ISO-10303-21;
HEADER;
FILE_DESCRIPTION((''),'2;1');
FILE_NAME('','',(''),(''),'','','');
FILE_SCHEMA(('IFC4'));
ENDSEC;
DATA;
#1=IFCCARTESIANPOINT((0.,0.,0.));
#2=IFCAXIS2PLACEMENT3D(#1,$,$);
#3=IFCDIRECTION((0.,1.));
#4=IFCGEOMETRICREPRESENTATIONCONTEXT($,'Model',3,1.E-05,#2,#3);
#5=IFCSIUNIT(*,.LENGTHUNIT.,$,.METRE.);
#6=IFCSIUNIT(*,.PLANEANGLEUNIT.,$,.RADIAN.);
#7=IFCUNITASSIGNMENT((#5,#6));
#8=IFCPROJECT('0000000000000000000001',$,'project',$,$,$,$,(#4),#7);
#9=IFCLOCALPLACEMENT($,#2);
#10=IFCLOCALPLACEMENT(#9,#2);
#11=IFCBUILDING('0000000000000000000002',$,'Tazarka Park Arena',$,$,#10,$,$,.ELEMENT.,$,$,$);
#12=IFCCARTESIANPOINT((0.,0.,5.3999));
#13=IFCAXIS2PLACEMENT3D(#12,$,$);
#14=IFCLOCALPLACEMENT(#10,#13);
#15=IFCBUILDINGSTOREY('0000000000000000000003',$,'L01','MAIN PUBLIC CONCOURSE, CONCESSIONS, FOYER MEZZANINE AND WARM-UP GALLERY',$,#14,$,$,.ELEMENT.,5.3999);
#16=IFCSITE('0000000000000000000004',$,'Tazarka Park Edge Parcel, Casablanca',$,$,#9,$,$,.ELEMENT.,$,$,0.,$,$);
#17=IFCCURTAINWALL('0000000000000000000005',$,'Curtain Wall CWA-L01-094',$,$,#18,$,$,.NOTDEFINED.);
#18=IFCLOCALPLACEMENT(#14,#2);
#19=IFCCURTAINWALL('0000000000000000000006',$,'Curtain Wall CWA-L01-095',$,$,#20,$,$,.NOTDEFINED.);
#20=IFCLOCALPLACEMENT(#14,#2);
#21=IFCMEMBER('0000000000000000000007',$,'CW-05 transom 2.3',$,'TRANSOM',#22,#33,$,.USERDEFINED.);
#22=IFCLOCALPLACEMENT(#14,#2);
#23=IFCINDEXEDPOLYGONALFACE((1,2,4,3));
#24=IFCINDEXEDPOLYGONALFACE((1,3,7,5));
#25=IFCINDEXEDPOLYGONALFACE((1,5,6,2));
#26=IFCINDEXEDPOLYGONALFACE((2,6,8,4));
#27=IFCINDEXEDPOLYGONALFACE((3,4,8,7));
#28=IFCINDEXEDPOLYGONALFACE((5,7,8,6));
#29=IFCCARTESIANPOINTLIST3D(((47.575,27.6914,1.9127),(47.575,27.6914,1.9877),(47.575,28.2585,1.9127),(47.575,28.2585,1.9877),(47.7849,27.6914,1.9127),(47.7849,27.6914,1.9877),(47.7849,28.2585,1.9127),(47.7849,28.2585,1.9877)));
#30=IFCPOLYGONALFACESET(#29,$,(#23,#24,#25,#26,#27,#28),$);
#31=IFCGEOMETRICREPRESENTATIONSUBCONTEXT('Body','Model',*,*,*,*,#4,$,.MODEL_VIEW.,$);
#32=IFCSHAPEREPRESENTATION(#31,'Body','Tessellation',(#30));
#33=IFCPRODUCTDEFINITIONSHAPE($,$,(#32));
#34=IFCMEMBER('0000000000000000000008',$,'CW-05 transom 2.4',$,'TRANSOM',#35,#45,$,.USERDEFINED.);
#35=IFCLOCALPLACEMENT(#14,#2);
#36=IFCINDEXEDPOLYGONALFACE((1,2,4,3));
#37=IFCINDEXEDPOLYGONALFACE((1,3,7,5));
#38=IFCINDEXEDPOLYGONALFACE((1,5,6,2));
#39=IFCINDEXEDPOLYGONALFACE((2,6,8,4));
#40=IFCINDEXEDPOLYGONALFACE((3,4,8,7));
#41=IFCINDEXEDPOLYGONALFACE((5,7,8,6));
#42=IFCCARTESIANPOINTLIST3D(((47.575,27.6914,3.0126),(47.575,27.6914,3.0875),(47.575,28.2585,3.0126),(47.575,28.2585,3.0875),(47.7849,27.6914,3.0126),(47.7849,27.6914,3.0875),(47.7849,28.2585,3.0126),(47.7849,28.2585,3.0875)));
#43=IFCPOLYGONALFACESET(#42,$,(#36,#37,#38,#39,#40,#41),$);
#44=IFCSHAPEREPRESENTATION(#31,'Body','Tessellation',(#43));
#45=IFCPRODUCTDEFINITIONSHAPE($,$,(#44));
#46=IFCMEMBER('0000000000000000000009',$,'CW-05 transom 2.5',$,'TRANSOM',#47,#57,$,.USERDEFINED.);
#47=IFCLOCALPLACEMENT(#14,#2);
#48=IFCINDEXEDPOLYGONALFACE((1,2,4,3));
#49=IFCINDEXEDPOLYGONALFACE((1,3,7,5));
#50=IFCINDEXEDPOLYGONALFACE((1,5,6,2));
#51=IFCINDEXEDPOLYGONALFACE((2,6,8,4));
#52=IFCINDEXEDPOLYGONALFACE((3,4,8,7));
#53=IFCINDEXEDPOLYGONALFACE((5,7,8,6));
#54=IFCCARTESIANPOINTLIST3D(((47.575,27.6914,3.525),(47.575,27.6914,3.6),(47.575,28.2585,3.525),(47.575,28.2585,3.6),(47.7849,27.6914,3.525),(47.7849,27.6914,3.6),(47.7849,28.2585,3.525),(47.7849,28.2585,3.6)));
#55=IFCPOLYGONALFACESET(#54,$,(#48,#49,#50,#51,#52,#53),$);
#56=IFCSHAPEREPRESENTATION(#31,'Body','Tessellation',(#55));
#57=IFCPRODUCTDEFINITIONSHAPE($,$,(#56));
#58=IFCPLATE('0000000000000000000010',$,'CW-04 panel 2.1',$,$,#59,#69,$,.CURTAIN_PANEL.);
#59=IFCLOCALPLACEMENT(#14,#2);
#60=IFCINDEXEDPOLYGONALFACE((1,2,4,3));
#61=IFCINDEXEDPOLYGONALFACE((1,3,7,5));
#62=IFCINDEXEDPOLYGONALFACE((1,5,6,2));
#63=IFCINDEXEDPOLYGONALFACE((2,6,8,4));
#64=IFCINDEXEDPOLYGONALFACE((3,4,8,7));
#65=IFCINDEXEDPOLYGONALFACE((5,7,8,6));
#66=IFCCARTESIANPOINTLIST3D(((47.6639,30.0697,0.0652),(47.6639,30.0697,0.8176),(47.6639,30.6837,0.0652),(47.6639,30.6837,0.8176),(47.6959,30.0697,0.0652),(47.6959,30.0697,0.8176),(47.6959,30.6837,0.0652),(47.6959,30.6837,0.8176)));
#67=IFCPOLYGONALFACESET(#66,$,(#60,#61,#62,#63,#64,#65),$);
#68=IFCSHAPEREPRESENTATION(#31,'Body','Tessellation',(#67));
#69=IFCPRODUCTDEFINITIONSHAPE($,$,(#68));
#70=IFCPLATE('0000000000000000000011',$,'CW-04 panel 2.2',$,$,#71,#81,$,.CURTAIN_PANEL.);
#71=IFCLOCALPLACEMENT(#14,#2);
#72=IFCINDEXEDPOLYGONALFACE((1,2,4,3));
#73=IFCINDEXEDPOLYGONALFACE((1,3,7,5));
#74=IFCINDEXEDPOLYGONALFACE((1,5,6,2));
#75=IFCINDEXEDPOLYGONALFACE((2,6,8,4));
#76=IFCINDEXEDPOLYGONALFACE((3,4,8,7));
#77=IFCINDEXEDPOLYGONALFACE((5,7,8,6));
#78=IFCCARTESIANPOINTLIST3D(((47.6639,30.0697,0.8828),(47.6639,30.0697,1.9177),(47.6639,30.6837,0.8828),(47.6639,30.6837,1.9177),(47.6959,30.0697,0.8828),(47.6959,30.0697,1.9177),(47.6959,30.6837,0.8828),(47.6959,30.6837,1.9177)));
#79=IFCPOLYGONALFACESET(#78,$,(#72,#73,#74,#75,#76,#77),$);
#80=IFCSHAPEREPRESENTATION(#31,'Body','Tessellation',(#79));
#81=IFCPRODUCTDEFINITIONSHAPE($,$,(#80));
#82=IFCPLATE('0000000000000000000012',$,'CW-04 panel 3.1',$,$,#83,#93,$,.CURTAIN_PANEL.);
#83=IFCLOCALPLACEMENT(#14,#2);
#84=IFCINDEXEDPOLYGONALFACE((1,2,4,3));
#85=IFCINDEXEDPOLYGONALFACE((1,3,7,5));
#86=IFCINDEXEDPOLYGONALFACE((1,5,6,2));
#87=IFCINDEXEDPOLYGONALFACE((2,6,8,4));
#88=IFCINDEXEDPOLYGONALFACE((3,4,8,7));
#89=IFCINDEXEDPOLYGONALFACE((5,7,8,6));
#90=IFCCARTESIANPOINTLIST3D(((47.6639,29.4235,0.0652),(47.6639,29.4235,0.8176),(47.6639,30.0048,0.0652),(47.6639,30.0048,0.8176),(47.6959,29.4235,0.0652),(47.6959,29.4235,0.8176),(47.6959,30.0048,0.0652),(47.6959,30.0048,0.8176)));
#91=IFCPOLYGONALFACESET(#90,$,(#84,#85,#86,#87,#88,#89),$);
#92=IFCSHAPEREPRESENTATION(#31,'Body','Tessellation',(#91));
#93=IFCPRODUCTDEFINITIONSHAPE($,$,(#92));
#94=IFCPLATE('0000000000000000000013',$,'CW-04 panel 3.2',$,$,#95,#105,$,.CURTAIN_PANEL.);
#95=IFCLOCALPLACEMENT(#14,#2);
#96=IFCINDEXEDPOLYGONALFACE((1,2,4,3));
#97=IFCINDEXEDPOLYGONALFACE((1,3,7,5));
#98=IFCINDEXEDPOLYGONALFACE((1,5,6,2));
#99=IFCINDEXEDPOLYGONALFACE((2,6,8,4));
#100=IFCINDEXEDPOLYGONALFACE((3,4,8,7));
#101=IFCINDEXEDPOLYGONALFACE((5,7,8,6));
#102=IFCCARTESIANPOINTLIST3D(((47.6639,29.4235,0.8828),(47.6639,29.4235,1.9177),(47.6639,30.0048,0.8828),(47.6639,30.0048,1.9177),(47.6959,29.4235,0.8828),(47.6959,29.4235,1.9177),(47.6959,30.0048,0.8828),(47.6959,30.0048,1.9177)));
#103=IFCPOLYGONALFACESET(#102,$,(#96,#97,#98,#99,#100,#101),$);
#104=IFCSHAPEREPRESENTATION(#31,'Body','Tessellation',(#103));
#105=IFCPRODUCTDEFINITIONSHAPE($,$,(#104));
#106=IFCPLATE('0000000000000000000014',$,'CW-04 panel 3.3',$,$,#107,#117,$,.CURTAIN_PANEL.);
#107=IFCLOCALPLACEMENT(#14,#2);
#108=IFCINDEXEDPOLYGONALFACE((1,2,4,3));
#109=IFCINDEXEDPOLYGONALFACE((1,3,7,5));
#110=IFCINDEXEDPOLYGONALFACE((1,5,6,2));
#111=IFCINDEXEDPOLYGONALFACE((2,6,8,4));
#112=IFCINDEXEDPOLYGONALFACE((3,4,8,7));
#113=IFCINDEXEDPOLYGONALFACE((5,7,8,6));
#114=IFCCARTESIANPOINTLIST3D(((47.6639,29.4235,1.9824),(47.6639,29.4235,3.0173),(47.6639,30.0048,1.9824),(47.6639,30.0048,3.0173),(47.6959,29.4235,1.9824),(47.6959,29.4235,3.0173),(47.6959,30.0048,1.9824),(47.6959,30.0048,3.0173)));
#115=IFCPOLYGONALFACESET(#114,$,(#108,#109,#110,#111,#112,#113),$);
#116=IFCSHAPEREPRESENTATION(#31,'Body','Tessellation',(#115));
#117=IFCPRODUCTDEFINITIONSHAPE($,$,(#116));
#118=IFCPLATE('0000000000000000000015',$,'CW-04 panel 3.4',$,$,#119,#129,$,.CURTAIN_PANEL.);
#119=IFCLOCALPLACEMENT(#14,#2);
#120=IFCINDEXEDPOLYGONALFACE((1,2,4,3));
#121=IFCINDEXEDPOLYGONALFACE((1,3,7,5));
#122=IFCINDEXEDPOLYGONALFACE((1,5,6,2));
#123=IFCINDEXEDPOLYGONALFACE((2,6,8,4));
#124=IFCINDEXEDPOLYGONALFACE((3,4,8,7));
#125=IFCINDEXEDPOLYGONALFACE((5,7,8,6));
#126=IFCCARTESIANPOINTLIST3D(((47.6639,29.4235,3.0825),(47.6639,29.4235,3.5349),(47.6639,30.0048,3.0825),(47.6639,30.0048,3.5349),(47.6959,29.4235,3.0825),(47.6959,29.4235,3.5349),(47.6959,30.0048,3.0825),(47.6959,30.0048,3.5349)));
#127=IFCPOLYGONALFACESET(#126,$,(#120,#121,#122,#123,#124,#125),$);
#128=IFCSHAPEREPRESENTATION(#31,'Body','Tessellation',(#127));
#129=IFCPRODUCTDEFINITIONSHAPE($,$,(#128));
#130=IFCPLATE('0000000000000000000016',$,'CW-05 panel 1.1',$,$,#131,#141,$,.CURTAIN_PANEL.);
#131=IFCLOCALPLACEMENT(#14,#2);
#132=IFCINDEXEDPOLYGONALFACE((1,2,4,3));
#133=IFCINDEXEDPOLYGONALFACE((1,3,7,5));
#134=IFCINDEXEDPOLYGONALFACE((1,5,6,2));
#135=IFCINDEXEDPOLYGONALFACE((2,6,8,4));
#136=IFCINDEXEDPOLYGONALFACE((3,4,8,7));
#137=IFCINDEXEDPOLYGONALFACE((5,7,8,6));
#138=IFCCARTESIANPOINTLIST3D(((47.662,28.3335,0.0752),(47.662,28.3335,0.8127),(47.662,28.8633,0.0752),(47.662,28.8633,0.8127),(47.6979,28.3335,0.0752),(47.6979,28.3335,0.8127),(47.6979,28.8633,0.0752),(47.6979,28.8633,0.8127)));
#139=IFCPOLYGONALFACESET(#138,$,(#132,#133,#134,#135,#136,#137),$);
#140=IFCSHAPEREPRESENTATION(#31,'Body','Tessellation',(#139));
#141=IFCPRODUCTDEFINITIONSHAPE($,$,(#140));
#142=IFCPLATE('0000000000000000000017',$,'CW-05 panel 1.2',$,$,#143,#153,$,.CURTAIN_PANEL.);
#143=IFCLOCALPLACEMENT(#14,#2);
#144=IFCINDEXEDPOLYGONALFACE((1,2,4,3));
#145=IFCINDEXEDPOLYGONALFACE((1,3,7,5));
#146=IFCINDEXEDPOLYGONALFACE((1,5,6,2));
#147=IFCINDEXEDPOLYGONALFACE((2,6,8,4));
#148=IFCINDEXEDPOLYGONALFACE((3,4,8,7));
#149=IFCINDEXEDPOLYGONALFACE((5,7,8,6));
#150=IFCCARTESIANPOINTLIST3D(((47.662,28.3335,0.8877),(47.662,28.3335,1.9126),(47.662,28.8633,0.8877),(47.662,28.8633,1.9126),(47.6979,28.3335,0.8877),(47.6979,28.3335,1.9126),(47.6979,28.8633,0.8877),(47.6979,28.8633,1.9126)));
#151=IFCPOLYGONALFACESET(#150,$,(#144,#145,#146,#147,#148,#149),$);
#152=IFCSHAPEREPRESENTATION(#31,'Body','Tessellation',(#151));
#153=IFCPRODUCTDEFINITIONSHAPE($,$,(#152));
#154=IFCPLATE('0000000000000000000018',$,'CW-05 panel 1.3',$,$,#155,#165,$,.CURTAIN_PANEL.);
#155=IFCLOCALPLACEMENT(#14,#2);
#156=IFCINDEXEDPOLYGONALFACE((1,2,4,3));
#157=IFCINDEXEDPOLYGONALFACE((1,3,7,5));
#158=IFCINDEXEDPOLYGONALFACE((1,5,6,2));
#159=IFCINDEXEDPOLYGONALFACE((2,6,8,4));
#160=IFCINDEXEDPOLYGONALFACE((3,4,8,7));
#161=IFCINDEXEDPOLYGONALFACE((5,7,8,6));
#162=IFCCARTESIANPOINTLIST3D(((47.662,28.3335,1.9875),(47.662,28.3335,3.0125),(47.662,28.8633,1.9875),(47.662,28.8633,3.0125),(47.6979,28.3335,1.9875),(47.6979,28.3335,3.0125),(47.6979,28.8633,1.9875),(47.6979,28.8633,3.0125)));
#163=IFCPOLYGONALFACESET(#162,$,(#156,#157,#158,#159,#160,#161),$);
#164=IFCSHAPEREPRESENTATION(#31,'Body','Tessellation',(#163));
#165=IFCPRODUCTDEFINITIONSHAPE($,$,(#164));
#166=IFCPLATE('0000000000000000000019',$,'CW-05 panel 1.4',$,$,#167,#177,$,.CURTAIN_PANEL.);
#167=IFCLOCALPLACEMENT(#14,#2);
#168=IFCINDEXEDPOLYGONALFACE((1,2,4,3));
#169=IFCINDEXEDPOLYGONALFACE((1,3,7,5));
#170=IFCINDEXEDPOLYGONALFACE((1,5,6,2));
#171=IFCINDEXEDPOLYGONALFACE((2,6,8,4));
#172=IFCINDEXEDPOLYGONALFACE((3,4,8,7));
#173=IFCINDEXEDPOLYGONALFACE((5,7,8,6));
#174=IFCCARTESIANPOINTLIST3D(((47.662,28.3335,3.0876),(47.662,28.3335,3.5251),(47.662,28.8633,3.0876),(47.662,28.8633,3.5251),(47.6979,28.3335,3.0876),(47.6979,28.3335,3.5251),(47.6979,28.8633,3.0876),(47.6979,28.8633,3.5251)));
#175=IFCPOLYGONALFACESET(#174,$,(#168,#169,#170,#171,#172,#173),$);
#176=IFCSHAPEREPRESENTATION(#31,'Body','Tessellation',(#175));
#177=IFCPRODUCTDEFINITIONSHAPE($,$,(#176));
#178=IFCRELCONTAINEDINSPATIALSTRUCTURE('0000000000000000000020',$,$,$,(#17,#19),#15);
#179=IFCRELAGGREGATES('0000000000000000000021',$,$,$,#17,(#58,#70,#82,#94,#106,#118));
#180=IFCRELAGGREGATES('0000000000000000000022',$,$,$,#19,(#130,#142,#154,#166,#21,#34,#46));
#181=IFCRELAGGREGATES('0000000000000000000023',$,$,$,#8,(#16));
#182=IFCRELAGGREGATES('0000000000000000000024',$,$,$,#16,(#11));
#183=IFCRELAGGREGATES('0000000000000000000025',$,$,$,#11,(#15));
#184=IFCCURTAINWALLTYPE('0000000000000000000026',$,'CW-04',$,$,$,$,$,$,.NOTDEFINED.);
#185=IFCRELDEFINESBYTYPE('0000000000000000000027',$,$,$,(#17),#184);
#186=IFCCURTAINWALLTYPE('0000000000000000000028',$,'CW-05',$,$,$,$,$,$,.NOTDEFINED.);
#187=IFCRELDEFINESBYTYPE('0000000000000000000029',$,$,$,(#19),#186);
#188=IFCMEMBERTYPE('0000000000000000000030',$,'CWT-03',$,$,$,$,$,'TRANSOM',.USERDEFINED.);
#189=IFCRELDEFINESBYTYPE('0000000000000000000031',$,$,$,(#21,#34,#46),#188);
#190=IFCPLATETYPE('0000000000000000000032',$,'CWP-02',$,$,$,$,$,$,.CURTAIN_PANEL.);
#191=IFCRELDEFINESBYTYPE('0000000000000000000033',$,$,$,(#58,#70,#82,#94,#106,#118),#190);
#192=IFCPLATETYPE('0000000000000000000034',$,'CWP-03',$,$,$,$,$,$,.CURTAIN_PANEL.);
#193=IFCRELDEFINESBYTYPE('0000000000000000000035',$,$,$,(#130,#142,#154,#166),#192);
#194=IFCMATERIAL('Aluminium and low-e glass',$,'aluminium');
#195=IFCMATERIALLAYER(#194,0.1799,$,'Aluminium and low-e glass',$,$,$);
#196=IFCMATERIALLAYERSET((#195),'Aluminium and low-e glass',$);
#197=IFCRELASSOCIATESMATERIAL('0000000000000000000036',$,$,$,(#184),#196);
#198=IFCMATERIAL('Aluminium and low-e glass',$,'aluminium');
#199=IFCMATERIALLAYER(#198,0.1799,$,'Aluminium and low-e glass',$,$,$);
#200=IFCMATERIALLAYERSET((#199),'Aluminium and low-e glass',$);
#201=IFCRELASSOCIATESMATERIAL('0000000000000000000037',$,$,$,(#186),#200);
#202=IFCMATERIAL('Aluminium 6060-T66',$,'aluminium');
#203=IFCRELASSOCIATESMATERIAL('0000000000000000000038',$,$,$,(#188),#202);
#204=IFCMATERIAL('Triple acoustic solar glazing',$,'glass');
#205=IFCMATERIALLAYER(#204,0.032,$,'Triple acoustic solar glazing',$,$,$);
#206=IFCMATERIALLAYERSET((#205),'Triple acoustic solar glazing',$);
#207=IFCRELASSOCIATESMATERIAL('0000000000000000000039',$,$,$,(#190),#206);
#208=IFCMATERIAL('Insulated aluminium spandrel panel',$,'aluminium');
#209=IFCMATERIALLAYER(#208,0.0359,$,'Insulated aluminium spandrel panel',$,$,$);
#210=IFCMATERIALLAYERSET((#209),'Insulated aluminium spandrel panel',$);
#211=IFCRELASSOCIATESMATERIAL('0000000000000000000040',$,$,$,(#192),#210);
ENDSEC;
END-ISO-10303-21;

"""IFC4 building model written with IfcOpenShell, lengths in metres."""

from ifc_helpers import new_model, si_unit, direction, frame, origin, origin_2d, place, context, subcontext, project, spatial, rectangle, extrude, material, layer, layer_set, material_profile, profile_set, type_object, element, aggregate, save


model = new_model("IFC4")

# Units and contexts
model_context = context("Model", 3, precision=1e-05, world=origin(), true_north=direction((0.0, 1.0)))
body_context = subcontext(model_context, "Body", "Model", "MODEL_VIEW")
ifc_project = project(units=[si_unit("LENGTHUNIT", "METRE"), si_unit("PLANEANGLEUNIT", "RADIAN")], contexts=[model_context])

# Site, building, storey
site_placement = place(None, origin())
site = spatial("IfcSite", under=ifc_project, at=site_placement, Name="Tazarka Park Edge Parcel, Casablanca", CompositionType="ELEMENT", RefElevation=0.0)
building_placement = place(site_placement, origin())
building = spatial("IfcBuilding", under=site, at=building_placement, Name="Tazarka Park Arena", CompositionType="ELEMENT")
storey_placement = place(building_placement, frame((0.0, 0.0, 5.3999)))
storey = spatial("IfcBuildingStorey", under=building, at=storey_placement, Name="L01", Description="MAIN PUBLIC CONCOURSE, CONCESSIONS, FOYER MEZZANINE AND WARM-UP GALLERY", CompositionType="ELEMENT", Elevation=5.3999)

# Curtain walls
ifc_material_1 = material(Name="Aluminium and low-e glass", Category="aluminium")
ifc_layer_1 = layer(ifc_material_1, 0.1799, Name="Aluminium and low-e glass")
ifc_layer_set_1 = layer_set([ifc_layer_1], Name="Aluminium and low-e glass")
curtain_wall_type_1 = type_object("IfcCurtainWallType", Name="CW-04", PredefinedType="NOTDEFINED", material=ifc_layer_set_1)
curtain_wall_1_placement = place(storey_placement, origin())
curtain_wall_1 = element("IfcCurtainWall", 1, at=curtain_wall_1_placement, inside=storey, type_object=curtain_wall_type_1, Name="Curtain Wall CWA-L01-094", PredefinedType="NOTDEFINED")
ifc_material_2 = material(Name="Aluminium and low-e glass", Category="aluminium")
ifc_layer_2 = layer(ifc_material_2, 0.1799, Name="Aluminium and low-e glass")
ifc_layer_set_2 = layer_set([ifc_layer_2], Name="Aluminium and low-e glass")
curtain_wall_type_2 = type_object("IfcCurtainWallType", Name="CW-05", PredefinedType="NOTDEFINED", material=ifc_layer_set_2)
curtain_wall_2_placement = place(storey_placement, origin())
curtain_wall_2 = element("IfcCurtainWall", 2, at=curtain_wall_2_placement, inside=storey, type_object=curtain_wall_type_2, Name="Curtain Wall CWA-L01-095", PredefinedType="NOTDEFINED")

# Members
ifc_material_3 = material(Name="Aluminium 6060-T66", Category="aluminium")
ifc_material_profile_1 = material_profile(ifc_material_3, rectangle(XDim=0.21, YDim=0.075, at=origin_2d()), Name="Aluminium 6060-T66")
ifc_profile_set_1 = profile_set([ifc_material_profile_1], Name="Aluminium 6060-T66")
member_type_1 = type_object("IfcMemberType", Name="CWT-03", ElementType="TRANSOM", PredefinedType="USERDEFINED", material=ifc_profile_set_1)
member_1_placement = place(storey_placement, frame((47.6799, 28.2585, 1.9502), z_axis=(0.0, -1.0, 0.0), x_axis=(1.0, 0.0, 0.0)))
member_1 = element("IfcMember", 3, at=member_1_placement, type_object=member_type_1, Name="CW-05 transom 2.3", ObjectType="TRANSOM", PredefinedType="USERDEFINED", context=body_context, shape_type="SweptSolid", body=[
    extrude(rectangle(XDim=0.21, YDim=0.075, at=origin_2d()), origin(), (0.0, 0.0, 1.0), 0.5671),
])
member_2_placement = place(storey_placement, frame((47.6799, 28.2585, 3.05), z_axis=(0.0, -1.0, 0.0), x_axis=(1.0, 0.0, 0.0)))
member_2 = element("IfcMember", 4, at=member_2_placement, type_object=member_type_1, Name="CW-05 transom 2.4", ObjectType="TRANSOM", PredefinedType="USERDEFINED", context=body_context, shape_type="SweptSolid", body=[
    extrude(rectangle(XDim=0.21, YDim=0.075, at=origin_2d()), origin(), (0.0, 0.0, 1.0), 0.5671),
])
member_3_placement = place(storey_placement, frame((47.6799, 28.2585, 3.5625), z_axis=(0.0, -1.0, 0.0), x_axis=(1.0, 0.0, 0.0)))
member_3 = element("IfcMember", 5, at=member_3_placement, type_object=member_type_1, Name="CW-05 transom 2.5", ObjectType="TRANSOM", PredefinedType="USERDEFINED", context=body_context, shape_type="SweptSolid", body=[
    extrude(rectangle(XDim=0.21, YDim=0.075, at=origin_2d()), origin(), (0.0, 0.0, 1.0), 0.5671),
])

# Plates
ifc_material_4 = material(Name="Triple acoustic solar glazing", Category="glass")
ifc_layer_3 = layer(ifc_material_4, 0.032, Name="Triple acoustic solar glazing")
ifc_layer_set_3 = layer_set([ifc_layer_3], Name="Triple acoustic solar glazing")
plate_type_1 = type_object("IfcPlateType", Name="CWP-02", PredefinedType="CURTAIN_PANEL", material=ifc_layer_set_3)
plate_1_placement = place(storey_placement, frame((47.6799, 30.3767, 0.0652), z_axis=(0.0, 0.0, 1.0), x_axis=(0.0, -1.0, 0.0)))
plate_1 = element("IfcPlate", 6, at=plate_1_placement, type_object=plate_type_1, Name="CW-04 panel 2.1", PredefinedType="CURTAIN_PANEL", context=body_context, shape_type="SweptSolid", body=[
    extrude(rectangle(XDim=0.614, YDim=0.032, at=origin_2d()), origin(), (0.0, 0.0, 1.0), 0.7524),
])
plate_2_placement = place(storey_placement, frame((47.6799, 30.3767, 0.8828), z_axis=(0.0, 0.0, 1.0), x_axis=(0.0, -1.0, 0.0)))
plate_2 = element("IfcPlate", 7, at=plate_2_placement, type_object=plate_type_1, Name="CW-04 panel 2.2", PredefinedType="CURTAIN_PANEL", context=body_context, shape_type="SweptSolid", body=[
    extrude(rectangle(XDim=0.614, YDim=0.032, at=origin_2d()), origin(), (0.0, 0.0, 1.0), 1.0349),
])
plate_3_placement = place(storey_placement, frame((47.6799, 29.7141, 0.0652), z_axis=(0.0, 0.0, 1.0), x_axis=(0.0, -1.0, 0.0)))
plate_3 = element("IfcPlate", 8, at=plate_3_placement, type_object=plate_type_1, Name="CW-04 panel 3.1", PredefinedType="CURTAIN_PANEL", context=body_context, shape_type="SweptSolid", body=[
    extrude(rectangle(XDim=0.5813, YDim=0.032, at=origin_2d()), origin(), (0.0, 0.0, 1.0), 0.7524),
])
plate_4_placement = place(storey_placement, frame((47.6799, 29.7141, 0.8828), z_axis=(0.0, 0.0, 1.0), x_axis=(0.0, -1.0, 0.0)))
plate_4 = element("IfcPlate", 9, at=plate_4_placement, type_object=plate_type_1, Name="CW-04 panel 3.2", PredefinedType="CURTAIN_PANEL", context=body_context, shape_type="SweptSolid", body=[
    extrude(rectangle(XDim=0.5813, YDim=0.032, at=origin_2d()), origin(), (0.0, 0.0, 1.0), 1.0349),
])
plate_5_placement = place(storey_placement, frame((47.6799, 29.7141, 1.9824), z_axis=(0.0, 0.0, 1.0), x_axis=(0.0, -1.0, 0.0)))
plate_5 = element("IfcPlate", 10, at=plate_5_placement, type_object=plate_type_1, Name="CW-04 panel 3.3", PredefinedType="CURTAIN_PANEL", context=body_context, shape_type="SweptSolid", body=[
    extrude(rectangle(XDim=0.5813, YDim=0.032, at=origin_2d()), origin(), (0.0, 0.0, 1.0), 1.0349),
])
plate_6_placement = place(storey_placement, frame((47.6799, 29.7141, 3.0825), z_axis=(0.0, 0.0, 1.0), x_axis=(0.0, -1.0, 0.0)))
plate_6 = element("IfcPlate", 11, at=plate_6_placement, type_object=plate_type_1, Name="CW-04 panel 3.4", PredefinedType="CURTAIN_PANEL", context=body_context, shape_type="SweptSolid", body=[
    extrude(rectangle(XDim=0.5813, YDim=0.032, at=origin_2d()), origin(), (0.0, 0.0, 1.0), 0.4524),
])
aggregate(curtain_wall_1, [plate_1, plate_2, plate_3, plate_4, plate_5, plate_6])
ifc_material_5 = material(Name="Insulated aluminium spandrel panel", Category="aluminium")
ifc_layer_4 = layer(ifc_material_5, 0.0359, Name="Insulated aluminium spandrel panel")
ifc_layer_set_4 = layer_set([ifc_layer_4], Name="Insulated aluminium spandrel panel")
plate_type_2 = type_object("IfcPlateType", Name="CWP-03", PredefinedType="CURTAIN_PANEL", material=ifc_layer_set_4)
plate_7_placement = place(storey_placement, frame((47.6799, 28.5984, 0.0752), z_axis=(0.0, 0.0, 1.0), x_axis=(0.0, -1.0, 0.0)))
plate_7 = element("IfcPlate", 12, at=plate_7_placement, type_object=plate_type_2, Name="CW-05 panel 1.1", PredefinedType="CURTAIN_PANEL", context=body_context, shape_type="SweptSolid", body=[
    extrude(rectangle(XDim=0.5298, YDim=0.0359, at=origin_2d()), origin(), (0.0, 0.0, 1.0), 0.7375),
])
plate_8_placement = place(storey_placement, frame((47.6799, 28.5984, 0.8877), z_axis=(0.0, 0.0, 1.0), x_axis=(0.0, -1.0, 0.0)))
plate_8 = element("IfcPlate", 13, at=plate_8_placement, type_object=plate_type_2, Name="CW-05 panel 1.2", PredefinedType="CURTAIN_PANEL", context=body_context, shape_type="SweptSolid", body=[
    extrude(rectangle(XDim=0.5298, YDim=0.0359, at=origin_2d()), origin(), (0.0, 0.0, 1.0), 1.0249),
])
plate_9_placement = place(storey_placement, frame((47.6799, 28.5984, 1.9875), z_axis=(0.0, 0.0, 1.0), x_axis=(0.0, -1.0, 0.0)))
plate_9 = element("IfcPlate", 14, at=plate_9_placement, type_object=plate_type_2, Name="CW-05 panel 1.3", PredefinedType="CURTAIN_PANEL", context=body_context, shape_type="SweptSolid", body=[
    extrude(rectangle(XDim=0.5298, YDim=0.0359, at=origin_2d()), origin(), (0.0, 0.0, 1.0), 1.0249),
])
plate_10_placement = place(storey_placement, frame((47.6799, 28.5984, 3.0876), z_axis=(0.0, 0.0, 1.0), x_axis=(0.0, -1.0, 0.0)))
plate_10 = element("IfcPlate", 15, at=plate_10_placement, type_object=plate_type_2, Name="CW-05 panel 1.4", PredefinedType="CURTAIN_PANEL", context=body_context, shape_type="SweptSolid", body=[
    extrude(rectangle(XDim=0.5298, YDim=0.0359, at=origin_2d()), origin(), (0.0, 0.0, 1.0), 0.4375),
])
aggregate(curtain_wall_2, [plate_7, plate_8, plate_9, plate_10, member_1, member_2, member_3])

save(model, "model.ifc")
